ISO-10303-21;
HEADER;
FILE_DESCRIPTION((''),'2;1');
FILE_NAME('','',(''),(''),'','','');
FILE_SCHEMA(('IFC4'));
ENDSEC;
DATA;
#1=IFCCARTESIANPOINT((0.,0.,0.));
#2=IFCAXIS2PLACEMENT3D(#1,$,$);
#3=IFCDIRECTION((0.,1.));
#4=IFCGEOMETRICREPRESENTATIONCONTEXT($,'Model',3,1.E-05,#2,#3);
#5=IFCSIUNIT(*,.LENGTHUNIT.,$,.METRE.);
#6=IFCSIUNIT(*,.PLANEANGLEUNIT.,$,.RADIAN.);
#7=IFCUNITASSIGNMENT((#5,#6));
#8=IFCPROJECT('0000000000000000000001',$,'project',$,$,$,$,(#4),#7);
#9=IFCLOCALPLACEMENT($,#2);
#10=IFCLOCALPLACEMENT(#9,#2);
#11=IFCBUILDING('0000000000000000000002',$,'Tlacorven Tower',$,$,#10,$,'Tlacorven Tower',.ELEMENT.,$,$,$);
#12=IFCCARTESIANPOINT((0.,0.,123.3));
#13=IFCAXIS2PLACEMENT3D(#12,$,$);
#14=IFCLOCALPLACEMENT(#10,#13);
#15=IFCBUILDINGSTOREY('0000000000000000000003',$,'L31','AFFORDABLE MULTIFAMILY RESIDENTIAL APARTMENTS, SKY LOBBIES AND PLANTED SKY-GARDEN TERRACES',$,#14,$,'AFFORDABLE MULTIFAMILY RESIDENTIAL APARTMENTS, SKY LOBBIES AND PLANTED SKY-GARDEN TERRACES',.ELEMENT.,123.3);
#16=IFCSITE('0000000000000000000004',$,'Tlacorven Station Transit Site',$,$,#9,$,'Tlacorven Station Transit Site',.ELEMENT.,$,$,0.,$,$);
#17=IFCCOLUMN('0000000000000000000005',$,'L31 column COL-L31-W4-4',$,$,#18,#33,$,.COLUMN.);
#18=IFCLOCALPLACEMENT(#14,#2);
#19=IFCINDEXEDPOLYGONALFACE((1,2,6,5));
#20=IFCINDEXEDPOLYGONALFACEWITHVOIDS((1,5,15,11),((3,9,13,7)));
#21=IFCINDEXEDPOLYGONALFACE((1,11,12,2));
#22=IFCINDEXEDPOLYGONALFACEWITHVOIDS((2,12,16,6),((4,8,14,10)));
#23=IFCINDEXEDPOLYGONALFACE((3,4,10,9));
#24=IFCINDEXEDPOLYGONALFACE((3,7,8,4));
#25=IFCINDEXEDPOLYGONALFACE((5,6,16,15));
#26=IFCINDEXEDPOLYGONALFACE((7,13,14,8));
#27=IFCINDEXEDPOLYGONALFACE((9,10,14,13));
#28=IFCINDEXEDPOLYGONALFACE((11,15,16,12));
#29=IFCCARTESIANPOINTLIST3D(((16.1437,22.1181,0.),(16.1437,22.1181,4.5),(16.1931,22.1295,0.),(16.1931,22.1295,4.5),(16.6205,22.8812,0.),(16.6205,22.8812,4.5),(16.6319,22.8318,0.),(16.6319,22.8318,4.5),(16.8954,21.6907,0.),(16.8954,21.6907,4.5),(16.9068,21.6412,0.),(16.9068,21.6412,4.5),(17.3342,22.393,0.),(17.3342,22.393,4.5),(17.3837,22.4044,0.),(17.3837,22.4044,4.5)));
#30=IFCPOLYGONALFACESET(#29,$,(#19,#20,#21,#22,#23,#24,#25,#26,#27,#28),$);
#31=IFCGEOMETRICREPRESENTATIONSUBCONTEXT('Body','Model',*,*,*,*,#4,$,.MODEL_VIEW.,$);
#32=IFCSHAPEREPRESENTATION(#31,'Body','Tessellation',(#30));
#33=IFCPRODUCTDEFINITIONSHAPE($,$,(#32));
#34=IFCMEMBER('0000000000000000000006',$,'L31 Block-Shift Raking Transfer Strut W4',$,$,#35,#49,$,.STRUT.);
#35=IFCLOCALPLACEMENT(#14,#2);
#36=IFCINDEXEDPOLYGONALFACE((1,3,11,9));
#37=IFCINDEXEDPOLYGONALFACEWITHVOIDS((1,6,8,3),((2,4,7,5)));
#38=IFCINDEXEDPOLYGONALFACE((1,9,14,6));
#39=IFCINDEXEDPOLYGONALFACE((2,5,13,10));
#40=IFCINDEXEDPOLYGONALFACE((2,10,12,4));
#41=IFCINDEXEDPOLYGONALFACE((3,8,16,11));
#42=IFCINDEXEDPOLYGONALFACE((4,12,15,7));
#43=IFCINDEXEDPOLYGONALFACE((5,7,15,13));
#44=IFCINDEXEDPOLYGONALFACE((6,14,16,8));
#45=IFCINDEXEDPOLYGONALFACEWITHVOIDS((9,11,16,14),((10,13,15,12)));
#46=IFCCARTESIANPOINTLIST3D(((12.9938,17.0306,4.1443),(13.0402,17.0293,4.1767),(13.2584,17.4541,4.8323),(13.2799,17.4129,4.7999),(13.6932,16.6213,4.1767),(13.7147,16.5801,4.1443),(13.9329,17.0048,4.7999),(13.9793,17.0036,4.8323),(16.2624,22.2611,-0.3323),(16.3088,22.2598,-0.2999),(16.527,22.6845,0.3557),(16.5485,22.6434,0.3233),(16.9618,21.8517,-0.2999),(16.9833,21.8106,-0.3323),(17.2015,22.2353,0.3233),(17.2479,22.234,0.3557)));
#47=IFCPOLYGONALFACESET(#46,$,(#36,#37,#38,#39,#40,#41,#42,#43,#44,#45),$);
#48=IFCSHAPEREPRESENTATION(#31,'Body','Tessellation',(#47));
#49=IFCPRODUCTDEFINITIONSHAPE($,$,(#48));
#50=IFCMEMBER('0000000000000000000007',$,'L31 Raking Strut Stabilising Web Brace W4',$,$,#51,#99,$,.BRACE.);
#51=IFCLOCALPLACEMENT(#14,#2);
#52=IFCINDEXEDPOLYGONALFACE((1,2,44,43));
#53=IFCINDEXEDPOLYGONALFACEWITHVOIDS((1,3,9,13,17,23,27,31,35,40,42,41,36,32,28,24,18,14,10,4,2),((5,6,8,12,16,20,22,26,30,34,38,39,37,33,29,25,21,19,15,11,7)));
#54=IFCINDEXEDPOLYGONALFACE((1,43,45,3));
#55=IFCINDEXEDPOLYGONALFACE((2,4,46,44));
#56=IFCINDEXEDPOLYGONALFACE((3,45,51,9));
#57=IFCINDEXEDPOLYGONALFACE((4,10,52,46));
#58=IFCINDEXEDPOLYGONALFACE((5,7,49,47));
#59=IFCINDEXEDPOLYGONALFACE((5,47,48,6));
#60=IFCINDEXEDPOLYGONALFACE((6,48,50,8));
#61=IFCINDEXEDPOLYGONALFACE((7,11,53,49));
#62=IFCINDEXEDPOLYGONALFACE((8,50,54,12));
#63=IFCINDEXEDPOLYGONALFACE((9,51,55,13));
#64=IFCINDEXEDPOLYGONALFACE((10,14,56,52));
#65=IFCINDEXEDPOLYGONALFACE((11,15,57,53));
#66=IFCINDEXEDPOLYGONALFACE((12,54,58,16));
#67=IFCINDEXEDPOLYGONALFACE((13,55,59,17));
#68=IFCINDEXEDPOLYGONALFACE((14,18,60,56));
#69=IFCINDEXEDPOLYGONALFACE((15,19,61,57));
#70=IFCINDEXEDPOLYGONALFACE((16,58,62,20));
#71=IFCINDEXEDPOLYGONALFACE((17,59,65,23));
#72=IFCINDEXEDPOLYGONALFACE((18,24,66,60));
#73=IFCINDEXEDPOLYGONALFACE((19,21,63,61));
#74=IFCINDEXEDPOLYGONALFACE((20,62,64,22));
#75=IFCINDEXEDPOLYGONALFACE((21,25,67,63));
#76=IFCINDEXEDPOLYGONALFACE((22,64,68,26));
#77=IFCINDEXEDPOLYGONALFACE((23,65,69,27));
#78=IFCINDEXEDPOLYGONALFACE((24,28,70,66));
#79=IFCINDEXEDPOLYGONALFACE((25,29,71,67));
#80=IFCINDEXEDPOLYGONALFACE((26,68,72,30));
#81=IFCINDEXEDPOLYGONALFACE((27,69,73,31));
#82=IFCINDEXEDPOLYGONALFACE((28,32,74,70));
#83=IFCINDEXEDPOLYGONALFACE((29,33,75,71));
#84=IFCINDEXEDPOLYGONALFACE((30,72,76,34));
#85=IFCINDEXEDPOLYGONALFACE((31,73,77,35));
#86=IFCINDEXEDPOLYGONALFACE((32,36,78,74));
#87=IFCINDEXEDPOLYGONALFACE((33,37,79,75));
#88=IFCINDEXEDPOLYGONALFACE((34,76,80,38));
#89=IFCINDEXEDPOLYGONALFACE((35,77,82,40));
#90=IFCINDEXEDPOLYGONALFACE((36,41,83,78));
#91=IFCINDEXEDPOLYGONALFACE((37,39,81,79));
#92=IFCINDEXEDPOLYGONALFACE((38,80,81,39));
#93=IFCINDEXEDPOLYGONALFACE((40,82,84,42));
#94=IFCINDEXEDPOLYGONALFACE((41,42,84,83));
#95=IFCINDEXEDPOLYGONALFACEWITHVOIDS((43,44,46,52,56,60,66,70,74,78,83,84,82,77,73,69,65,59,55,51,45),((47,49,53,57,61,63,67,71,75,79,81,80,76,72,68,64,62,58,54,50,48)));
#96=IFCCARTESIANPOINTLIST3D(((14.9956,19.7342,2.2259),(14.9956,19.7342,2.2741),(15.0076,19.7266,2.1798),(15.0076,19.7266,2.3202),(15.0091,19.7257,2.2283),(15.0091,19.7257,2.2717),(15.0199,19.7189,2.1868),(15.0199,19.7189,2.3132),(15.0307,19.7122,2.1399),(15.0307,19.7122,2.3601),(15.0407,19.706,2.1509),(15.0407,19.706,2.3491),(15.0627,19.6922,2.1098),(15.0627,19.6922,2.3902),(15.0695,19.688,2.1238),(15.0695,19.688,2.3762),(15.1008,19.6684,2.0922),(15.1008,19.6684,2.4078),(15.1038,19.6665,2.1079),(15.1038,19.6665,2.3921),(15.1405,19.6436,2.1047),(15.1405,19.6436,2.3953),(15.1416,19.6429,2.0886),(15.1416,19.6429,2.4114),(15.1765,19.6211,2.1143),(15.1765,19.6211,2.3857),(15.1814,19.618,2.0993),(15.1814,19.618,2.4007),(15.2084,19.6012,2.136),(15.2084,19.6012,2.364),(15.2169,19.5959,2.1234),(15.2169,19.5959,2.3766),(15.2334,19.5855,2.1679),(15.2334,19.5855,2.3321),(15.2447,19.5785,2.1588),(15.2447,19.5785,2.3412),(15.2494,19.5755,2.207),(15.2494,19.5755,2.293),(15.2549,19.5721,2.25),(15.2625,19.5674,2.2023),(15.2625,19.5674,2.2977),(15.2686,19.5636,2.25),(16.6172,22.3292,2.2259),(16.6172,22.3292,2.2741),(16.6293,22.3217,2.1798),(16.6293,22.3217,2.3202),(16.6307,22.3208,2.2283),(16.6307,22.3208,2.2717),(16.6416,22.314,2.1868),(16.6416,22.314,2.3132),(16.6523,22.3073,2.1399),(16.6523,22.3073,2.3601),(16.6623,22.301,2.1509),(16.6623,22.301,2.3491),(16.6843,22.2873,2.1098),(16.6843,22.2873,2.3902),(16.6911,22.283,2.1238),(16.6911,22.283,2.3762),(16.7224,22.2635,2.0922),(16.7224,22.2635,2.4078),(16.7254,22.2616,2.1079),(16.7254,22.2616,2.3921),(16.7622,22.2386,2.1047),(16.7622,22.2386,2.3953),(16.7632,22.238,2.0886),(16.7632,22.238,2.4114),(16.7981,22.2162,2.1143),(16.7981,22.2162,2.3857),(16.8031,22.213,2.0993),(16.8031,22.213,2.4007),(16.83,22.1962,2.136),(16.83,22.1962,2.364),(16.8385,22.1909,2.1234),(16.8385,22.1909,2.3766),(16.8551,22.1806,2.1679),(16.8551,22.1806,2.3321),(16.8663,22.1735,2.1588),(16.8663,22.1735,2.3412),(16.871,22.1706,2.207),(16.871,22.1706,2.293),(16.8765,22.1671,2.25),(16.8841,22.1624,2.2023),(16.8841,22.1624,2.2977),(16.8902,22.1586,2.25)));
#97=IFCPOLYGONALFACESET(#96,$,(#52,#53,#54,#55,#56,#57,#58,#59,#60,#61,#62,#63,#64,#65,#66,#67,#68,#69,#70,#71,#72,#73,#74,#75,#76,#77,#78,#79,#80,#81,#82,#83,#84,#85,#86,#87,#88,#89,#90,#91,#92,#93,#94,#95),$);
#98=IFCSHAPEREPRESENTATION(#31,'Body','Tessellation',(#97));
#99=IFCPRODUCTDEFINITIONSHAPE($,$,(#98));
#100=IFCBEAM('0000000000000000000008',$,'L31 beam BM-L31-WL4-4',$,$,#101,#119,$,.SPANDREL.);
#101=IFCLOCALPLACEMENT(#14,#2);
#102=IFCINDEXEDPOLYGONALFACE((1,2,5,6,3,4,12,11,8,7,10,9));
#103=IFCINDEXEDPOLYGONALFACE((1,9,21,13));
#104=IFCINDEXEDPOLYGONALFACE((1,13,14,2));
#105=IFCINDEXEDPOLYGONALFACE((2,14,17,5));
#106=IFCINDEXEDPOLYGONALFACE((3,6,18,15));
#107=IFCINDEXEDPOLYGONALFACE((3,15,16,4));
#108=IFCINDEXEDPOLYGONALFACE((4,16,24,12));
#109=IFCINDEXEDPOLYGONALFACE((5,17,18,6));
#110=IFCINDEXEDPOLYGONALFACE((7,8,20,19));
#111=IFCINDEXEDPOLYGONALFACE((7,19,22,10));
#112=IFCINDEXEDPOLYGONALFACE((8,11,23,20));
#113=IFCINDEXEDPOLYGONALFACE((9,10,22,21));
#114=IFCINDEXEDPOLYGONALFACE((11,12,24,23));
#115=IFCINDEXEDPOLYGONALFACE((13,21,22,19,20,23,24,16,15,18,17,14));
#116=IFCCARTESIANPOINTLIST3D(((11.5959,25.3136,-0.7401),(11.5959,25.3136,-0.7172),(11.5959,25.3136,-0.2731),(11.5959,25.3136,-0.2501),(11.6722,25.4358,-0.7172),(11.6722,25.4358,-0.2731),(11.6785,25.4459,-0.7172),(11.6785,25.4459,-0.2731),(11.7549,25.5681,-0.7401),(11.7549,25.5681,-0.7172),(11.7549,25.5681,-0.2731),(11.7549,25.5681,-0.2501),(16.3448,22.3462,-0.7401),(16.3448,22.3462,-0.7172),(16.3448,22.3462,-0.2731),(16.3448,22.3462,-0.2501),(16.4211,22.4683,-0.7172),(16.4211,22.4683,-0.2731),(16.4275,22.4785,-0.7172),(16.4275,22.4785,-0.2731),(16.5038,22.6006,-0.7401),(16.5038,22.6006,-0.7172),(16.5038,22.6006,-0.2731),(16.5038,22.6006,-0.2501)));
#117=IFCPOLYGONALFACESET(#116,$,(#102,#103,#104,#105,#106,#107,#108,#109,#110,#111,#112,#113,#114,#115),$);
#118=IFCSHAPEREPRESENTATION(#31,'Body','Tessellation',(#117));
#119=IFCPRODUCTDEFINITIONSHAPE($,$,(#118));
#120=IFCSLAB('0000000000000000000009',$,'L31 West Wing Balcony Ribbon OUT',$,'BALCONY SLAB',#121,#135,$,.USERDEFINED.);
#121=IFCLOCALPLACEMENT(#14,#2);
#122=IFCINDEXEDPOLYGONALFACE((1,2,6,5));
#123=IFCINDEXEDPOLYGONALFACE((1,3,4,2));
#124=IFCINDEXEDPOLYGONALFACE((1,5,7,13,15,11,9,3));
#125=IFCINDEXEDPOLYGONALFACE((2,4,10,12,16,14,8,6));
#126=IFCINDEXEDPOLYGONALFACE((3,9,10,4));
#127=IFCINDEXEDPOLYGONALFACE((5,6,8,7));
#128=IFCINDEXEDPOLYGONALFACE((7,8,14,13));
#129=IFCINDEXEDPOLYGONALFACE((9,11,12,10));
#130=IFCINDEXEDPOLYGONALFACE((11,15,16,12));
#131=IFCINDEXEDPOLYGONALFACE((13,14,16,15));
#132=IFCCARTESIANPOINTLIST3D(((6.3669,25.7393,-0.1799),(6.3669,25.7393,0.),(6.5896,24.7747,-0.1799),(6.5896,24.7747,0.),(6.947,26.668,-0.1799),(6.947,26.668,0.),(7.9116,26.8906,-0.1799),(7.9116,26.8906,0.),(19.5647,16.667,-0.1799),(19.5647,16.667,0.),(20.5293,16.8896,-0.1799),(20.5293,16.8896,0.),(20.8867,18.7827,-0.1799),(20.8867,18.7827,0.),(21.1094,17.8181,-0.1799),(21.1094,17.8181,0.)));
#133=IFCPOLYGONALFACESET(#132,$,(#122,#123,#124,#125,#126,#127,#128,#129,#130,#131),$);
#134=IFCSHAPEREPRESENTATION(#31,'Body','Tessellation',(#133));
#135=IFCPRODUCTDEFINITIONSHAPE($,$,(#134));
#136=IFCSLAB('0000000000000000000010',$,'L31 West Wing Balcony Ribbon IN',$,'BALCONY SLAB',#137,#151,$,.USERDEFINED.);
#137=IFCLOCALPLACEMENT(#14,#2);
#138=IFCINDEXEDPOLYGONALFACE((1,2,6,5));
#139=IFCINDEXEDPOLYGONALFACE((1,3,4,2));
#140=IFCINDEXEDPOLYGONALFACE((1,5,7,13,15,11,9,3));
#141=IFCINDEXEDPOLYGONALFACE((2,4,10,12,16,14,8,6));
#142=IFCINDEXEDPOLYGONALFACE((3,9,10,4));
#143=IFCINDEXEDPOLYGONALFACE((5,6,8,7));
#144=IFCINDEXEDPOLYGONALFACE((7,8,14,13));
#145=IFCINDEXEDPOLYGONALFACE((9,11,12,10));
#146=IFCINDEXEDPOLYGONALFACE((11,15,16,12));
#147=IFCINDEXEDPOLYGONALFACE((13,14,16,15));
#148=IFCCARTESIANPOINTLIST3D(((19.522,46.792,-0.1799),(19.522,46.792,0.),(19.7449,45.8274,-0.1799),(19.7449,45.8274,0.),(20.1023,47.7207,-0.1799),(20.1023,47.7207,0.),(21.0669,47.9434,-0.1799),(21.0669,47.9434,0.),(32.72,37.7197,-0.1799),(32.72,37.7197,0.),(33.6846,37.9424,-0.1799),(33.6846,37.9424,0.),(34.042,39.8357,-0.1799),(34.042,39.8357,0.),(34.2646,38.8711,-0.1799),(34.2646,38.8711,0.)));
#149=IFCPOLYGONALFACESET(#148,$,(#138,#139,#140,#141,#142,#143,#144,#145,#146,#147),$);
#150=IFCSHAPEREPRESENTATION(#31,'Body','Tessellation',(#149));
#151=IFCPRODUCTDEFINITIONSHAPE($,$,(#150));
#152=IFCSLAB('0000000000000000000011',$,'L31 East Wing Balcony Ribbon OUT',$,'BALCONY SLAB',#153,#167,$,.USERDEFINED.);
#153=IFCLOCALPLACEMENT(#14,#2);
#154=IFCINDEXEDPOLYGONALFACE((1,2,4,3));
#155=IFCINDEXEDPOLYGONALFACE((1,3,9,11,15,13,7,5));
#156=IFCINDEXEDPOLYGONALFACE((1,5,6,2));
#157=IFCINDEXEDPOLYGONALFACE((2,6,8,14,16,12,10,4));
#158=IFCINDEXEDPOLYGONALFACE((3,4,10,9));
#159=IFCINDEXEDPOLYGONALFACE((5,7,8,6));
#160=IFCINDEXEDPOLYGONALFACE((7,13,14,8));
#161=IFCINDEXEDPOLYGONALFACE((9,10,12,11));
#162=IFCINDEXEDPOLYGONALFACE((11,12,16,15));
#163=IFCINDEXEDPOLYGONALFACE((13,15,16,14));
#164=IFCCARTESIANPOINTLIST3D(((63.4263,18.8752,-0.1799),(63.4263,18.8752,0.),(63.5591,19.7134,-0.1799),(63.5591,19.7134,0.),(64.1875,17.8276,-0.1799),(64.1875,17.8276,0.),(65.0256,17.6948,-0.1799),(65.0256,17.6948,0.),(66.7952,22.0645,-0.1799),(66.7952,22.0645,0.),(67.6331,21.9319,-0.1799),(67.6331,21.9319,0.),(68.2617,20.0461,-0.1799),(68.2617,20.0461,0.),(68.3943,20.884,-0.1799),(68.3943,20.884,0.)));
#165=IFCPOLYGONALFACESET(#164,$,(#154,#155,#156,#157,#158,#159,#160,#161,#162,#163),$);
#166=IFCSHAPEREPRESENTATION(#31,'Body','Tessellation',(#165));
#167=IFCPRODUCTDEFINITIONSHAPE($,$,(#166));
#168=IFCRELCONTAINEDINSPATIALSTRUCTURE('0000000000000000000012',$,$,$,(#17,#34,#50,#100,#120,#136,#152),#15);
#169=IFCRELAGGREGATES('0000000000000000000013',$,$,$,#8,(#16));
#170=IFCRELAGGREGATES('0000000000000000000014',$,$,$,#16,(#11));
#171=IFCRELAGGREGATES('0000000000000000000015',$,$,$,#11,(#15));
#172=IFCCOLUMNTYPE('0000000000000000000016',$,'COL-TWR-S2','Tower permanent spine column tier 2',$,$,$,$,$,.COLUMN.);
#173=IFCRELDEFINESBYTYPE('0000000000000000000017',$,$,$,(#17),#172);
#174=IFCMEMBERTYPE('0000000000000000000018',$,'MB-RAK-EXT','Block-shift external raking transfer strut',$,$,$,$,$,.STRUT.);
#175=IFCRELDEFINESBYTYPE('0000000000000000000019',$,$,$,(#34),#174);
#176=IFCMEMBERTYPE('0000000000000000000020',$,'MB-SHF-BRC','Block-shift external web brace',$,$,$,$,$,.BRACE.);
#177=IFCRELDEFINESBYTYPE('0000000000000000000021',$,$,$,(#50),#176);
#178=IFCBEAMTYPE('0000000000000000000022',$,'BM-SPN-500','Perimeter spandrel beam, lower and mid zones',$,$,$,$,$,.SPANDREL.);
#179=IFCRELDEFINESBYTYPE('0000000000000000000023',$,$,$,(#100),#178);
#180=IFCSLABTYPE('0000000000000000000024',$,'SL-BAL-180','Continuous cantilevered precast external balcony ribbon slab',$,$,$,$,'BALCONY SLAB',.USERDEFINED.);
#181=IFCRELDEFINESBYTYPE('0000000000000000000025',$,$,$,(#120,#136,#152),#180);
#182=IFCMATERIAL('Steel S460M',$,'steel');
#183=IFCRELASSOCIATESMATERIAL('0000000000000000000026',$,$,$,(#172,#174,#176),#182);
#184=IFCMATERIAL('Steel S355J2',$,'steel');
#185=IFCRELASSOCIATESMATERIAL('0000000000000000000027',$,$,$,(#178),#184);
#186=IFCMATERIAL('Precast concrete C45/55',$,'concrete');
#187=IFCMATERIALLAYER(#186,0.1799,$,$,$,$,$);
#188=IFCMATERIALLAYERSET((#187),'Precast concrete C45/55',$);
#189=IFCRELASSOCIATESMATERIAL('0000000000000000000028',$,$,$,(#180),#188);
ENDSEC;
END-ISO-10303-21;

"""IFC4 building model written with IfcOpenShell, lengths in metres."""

from ifc_helpers import new_model, si_unit, direction, frame, origin, origin_2d, place, context, subcontext, project, spatial, polyline, hollow_rectangle, hollow_circle, i_section, outline, extrude, source, transform, mapped, material, layer, layer_set, material_profile, profile_set, type_object, element, save


model = new_model("IFC4")

# Units and contexts
model_context = context("Model", 3, precision=1e-05, world=origin(), true_north=direction((0.0, 1.0)))
body_context = subcontext(model_context, "Body", "Model", "MODEL_VIEW")
ifc_project = project(units=[si_unit("LENGTHUNIT", "METRE"), si_unit("PLANEANGLEUNIT", "RADIAN")], contexts=[model_context])

# Site, building, storey
site_placement = place(None, origin())
site = spatial("IfcSite", under=ifc_project, at=site_placement, Name="Tlacorven Station Transit Site", LongName="Tlacorven Station Transit Site", CompositionType="ELEMENT", RefElevation=0.0)
building_placement = place(site_placement, origin())
building = spatial("IfcBuilding", under=site, at=building_placement, Name="Tlacorven Tower", LongName="Tlacorven Tower", CompositionType="ELEMENT")
storey_placement = place(building_placement, frame((0.0, 0.0, 123.3)))
storey = spatial("IfcBuildingStorey", under=building, at=storey_placement, Name="L31", Description="AFFORDABLE MULTIFAMILY RESIDENTIAL APARTMENTS, SKY LOBBIES AND PLANTED SKY-GARDEN TERRACES", LongName="AFFORDABLE MULTIFAMILY RESIDENTIAL APARTMENTS, SKY LOBBIES AND PLANTED SKY-GARDEN TERRACES", CompositionType="ELEMENT", Elevation=123.3)

# Column
ifc_material_1 = material(Name="Steel S460M", Category="steel")
ifc_material_profile_1 = material_profile(ifc_material_1, hollow_rectangle(XDim=0.8999, YDim=0.8999, WallThickness=0.0359, at=origin_2d()), Name="BOX 900X900X36")
ifc_profile_set_1 = profile_set([ifc_material_profile_1], Name="Steel S460M")
column_type = type_object("IfcColumnType", Name="COL-TWR-S2", Description="Tower permanent spine column tier 2", PredefinedType="COLUMN", material=ifc_profile_set_1)
shared_shape_1 = source(origin(), body_context, "Body", "SweptSolid", [
    extrude(hollow_rectangle(XDim=0.8999, YDim=0.8999, WallThickness=0.0359, at=origin_2d()), origin(), (0.0, 0.0, 1.0), 4.5),
])
column_placement = place(storey_placement, frame((16.7637, 22.2612, 0.0), z_axis=(0.0, 0.0, 1.0), x_axis=(-0.848048, 0.529919, 0.0)))
element("IfcColumn", 1, at=column_placement, inside=storey, type_object=column_type, Name="L31 column COL-L31-W4-4", PredefinedType="COLUMN", context=body_context, shape_type="MappedRepresentation", body=[
    mapped(shared_shape_1, transform((0.0, 0.0, 0.0), scale=1.0)),
])

# Members
ifc_material_profile_2 = material_profile(ifc_material_1, hollow_rectangle(XDim=0.8501, YDim=0.8501, WallThickness=0.04, at=origin_2d()), Name="BOX 850X850X40")
ifc_profile_set_2 = profile_set([ifc_material_profile_2], Name="Steel S460M")
member_type_1 = type_object("IfcMemberType", Name="MB-RAK-EXT", Description="Block-shift external raking transfer strut", PredefinedType="STRUT", material=ifc_profile_set_2)
shared_shape_2 = source(origin(), body_context, "Body", "SweptSolid", [
    extrude(hollow_rectangle(XDim=0.8501, YDim=0.8501, WallThickness=0.04, at=origin_2d()), origin(), (0.0, 0.0, 1.0), 7.6211),
])
member_1_placement = place(storey_placement, frame((16.7551, 22.2476, 0.0117), z_axis=(-0.428883, -0.686316, 0.587392), x_axis=(0.848034, -0.529942, 0.0)))
element("IfcMember", 2, at=member_1_placement, inside=storey, type_object=member_type_1, Name="L31 Block-Shift Raking Transfer Strut W4", PredefinedType="STRUT", context=body_context, shape_type="MappedRepresentation", body=[
    mapped(shared_shape_2, transform((0.0, 0.0, 0.0), scale=1.0)),
])
ifc_material_profile_3 = material_profile(ifc_material_1, hollow_circle(Radius=0.1619, WallThickness=0.0161, at=origin_2d()), Name="CHS 323.9X16")
ifc_profile_set_3 = profile_set([ifc_material_profile_3], Name="Steel S460M")
member_type_2 = type_object("IfcMemberType", Name="MB-SHF-BRC", Description="Block-shift external web brace", PredefinedType="BRACE", material=ifc_profile_set_3)
shared_shape_3 = source(origin(), body_context, "Body", "SweptSolid", [
    extrude(hollow_circle(Radius=0.1619, WallThickness=0.0161, at=origin_2d()), origin(), (0.0, 0.0, 1.0), 3.0601),
])
member_2_placement = place(storey_placement, frame((16.7529, 22.2444, 2.25), z_axis=(-0.529934, -0.848039, 0.0), x_axis=(0.848039, -0.529934, 0.0)))
element("IfcMember", 3, at=member_2_placement, inside=storey, type_object=member_type_2, Name="L31 Raking Strut Stabilising Web Brace W4", PredefinedType="BRACE", context=body_context, shape_type="MappedRepresentation", body=[
    mapped(shared_shape_3, transform((0.0, 0.0, 0.0), scale=1.0)),
])

# Beam
ifc_material_2 = material(Name="Steel S355J2", Category="steel")
ifc_material_profile_4 = material_profile(ifc_material_2, i_section(OverallWidth=0.3, OverallDepth=0.49, WebThickness=0.012, FlangeThickness=0.0229, at=origin_2d()), Name="HEA 500")
ifc_profile_set_4 = profile_set([ifc_material_profile_4], Name="Steel S355J2")
beam_type = type_object("IfcBeamType", Name="BM-SPN-500", Description="Perimeter spandrel beam, lower and mid zones", PredefinedType="SPANDREL", material=ifc_profile_set_4)
shared_shape_4 = source(origin(), body_context, "Body", "SweptSolid", [
    extrude(i_section(OverallWidth=0.3, OverallDepth=0.49, WebThickness=0.012, FlangeThickness=0.0229, at=origin_2d()), origin(), (0.0, 0.0, 1.0), 5.5999),
])
beam_placement = place(storey_placement, frame((16.4243, 22.4734, -0.4951), z_axis=(-0.848047, 0.529921, 0.0), x_axis=(-0.529921, -0.848047, 0.0)))
element("IfcBeam", 4, at=beam_placement, inside=storey, type_object=beam_type, Name="L31 beam BM-L31-WL4-4", PredefinedType="SPANDREL", context=body_context, shape_type="MappedRepresentation", body=[
    mapped(shared_shape_4, transform((0.0, 0.0, 0.0), scale=1.0)),
])

# Slabs
ifc_material_3 = material(Name="Precast concrete C45/55", Category="concrete")
ifc_layer_1 = layer(ifc_material_3, 0.1799)
ifc_layer_set_1 = layer_set([ifc_layer_1], Name="Precast concrete C45/55")
slab_type_1 = type_object("IfcSlabType", Name="SL-BAL-180", Description="Continuous cantilevered precast external balcony ribbon slab", ElementType="BALCONY SLAB", PredefinedType="USERDEFINED", material=ifc_layer_set_1)
slab_1_placement = place(storey_placement, frame((0.0, 0.0, -0.1799)))
element("IfcSlab", 5, at=slab_1_placement, inside=storey, type_object=slab_type_1, Name="L31 West Wing Balcony Ribbon OUT", ObjectType="BALCONY SLAB", PredefinedType="USERDEFINED", context=body_context, shape_type="SweptSolid", body=[
    extrude(outline(polyline([(20.8867, 18.7827), (7.9116, 26.8906), (6.947, 26.668), (6.3669, 25.7393), (6.5896, 24.7747), (19.5647, 16.667), (20.5293, 16.8896), (21.1094, 17.8181), (20.8867, 18.7827)])), origin(), (0.0, 0.0, 1.0), 0.1799),
])
slab_2_placement = place(storey_placement, frame((0.0, 0.0, -0.1799)))
element("IfcSlab", 6, at=slab_2_placement, inside=storey, type_object=slab_type_1, Name="L31 West Wing Balcony Ribbon IN", ObjectType="BALCONY SLAB", PredefinedType="USERDEFINED", context=body_context, shape_type="SweptSolid", body=[
    extrude(outline(polyline([(34.042, 39.8357), (21.0669, 47.9434), (20.1023, 47.7207), (19.522, 46.792), (19.7449, 45.8274), (32.72, 37.7197), (33.6846, 37.9424), (34.2646, 38.8711), (34.042, 39.8357)])), origin(), (0.0, 0.0, 1.0), 0.1799),
])
slab_3_placement = place(storey_placement, frame((0.0, 0.0, -0.1799)))
element("IfcSlab", 7, at=slab_3_placement, inside=storey, type_object=slab_type_1, Name="L31 East Wing Balcony Ribbon OUT", ObjectType="BALCONY SLAB", PredefinedType="USERDEFINED", context=body_context, shape_type="SweptSolid", body=[
    extrude(outline(polyline([(65.0256, 17.6948), (68.2617, 20.0461), (68.3943, 20.884), (67.6331, 21.9319), (66.7952, 22.0645), (63.5591, 19.7134), (63.4263, 18.8752), (64.1875, 17.8276), (65.0256, 17.6948)])), origin(), (0.0, 0.0, 1.0), 0.1799),
])

save(model, "model.ifc")
